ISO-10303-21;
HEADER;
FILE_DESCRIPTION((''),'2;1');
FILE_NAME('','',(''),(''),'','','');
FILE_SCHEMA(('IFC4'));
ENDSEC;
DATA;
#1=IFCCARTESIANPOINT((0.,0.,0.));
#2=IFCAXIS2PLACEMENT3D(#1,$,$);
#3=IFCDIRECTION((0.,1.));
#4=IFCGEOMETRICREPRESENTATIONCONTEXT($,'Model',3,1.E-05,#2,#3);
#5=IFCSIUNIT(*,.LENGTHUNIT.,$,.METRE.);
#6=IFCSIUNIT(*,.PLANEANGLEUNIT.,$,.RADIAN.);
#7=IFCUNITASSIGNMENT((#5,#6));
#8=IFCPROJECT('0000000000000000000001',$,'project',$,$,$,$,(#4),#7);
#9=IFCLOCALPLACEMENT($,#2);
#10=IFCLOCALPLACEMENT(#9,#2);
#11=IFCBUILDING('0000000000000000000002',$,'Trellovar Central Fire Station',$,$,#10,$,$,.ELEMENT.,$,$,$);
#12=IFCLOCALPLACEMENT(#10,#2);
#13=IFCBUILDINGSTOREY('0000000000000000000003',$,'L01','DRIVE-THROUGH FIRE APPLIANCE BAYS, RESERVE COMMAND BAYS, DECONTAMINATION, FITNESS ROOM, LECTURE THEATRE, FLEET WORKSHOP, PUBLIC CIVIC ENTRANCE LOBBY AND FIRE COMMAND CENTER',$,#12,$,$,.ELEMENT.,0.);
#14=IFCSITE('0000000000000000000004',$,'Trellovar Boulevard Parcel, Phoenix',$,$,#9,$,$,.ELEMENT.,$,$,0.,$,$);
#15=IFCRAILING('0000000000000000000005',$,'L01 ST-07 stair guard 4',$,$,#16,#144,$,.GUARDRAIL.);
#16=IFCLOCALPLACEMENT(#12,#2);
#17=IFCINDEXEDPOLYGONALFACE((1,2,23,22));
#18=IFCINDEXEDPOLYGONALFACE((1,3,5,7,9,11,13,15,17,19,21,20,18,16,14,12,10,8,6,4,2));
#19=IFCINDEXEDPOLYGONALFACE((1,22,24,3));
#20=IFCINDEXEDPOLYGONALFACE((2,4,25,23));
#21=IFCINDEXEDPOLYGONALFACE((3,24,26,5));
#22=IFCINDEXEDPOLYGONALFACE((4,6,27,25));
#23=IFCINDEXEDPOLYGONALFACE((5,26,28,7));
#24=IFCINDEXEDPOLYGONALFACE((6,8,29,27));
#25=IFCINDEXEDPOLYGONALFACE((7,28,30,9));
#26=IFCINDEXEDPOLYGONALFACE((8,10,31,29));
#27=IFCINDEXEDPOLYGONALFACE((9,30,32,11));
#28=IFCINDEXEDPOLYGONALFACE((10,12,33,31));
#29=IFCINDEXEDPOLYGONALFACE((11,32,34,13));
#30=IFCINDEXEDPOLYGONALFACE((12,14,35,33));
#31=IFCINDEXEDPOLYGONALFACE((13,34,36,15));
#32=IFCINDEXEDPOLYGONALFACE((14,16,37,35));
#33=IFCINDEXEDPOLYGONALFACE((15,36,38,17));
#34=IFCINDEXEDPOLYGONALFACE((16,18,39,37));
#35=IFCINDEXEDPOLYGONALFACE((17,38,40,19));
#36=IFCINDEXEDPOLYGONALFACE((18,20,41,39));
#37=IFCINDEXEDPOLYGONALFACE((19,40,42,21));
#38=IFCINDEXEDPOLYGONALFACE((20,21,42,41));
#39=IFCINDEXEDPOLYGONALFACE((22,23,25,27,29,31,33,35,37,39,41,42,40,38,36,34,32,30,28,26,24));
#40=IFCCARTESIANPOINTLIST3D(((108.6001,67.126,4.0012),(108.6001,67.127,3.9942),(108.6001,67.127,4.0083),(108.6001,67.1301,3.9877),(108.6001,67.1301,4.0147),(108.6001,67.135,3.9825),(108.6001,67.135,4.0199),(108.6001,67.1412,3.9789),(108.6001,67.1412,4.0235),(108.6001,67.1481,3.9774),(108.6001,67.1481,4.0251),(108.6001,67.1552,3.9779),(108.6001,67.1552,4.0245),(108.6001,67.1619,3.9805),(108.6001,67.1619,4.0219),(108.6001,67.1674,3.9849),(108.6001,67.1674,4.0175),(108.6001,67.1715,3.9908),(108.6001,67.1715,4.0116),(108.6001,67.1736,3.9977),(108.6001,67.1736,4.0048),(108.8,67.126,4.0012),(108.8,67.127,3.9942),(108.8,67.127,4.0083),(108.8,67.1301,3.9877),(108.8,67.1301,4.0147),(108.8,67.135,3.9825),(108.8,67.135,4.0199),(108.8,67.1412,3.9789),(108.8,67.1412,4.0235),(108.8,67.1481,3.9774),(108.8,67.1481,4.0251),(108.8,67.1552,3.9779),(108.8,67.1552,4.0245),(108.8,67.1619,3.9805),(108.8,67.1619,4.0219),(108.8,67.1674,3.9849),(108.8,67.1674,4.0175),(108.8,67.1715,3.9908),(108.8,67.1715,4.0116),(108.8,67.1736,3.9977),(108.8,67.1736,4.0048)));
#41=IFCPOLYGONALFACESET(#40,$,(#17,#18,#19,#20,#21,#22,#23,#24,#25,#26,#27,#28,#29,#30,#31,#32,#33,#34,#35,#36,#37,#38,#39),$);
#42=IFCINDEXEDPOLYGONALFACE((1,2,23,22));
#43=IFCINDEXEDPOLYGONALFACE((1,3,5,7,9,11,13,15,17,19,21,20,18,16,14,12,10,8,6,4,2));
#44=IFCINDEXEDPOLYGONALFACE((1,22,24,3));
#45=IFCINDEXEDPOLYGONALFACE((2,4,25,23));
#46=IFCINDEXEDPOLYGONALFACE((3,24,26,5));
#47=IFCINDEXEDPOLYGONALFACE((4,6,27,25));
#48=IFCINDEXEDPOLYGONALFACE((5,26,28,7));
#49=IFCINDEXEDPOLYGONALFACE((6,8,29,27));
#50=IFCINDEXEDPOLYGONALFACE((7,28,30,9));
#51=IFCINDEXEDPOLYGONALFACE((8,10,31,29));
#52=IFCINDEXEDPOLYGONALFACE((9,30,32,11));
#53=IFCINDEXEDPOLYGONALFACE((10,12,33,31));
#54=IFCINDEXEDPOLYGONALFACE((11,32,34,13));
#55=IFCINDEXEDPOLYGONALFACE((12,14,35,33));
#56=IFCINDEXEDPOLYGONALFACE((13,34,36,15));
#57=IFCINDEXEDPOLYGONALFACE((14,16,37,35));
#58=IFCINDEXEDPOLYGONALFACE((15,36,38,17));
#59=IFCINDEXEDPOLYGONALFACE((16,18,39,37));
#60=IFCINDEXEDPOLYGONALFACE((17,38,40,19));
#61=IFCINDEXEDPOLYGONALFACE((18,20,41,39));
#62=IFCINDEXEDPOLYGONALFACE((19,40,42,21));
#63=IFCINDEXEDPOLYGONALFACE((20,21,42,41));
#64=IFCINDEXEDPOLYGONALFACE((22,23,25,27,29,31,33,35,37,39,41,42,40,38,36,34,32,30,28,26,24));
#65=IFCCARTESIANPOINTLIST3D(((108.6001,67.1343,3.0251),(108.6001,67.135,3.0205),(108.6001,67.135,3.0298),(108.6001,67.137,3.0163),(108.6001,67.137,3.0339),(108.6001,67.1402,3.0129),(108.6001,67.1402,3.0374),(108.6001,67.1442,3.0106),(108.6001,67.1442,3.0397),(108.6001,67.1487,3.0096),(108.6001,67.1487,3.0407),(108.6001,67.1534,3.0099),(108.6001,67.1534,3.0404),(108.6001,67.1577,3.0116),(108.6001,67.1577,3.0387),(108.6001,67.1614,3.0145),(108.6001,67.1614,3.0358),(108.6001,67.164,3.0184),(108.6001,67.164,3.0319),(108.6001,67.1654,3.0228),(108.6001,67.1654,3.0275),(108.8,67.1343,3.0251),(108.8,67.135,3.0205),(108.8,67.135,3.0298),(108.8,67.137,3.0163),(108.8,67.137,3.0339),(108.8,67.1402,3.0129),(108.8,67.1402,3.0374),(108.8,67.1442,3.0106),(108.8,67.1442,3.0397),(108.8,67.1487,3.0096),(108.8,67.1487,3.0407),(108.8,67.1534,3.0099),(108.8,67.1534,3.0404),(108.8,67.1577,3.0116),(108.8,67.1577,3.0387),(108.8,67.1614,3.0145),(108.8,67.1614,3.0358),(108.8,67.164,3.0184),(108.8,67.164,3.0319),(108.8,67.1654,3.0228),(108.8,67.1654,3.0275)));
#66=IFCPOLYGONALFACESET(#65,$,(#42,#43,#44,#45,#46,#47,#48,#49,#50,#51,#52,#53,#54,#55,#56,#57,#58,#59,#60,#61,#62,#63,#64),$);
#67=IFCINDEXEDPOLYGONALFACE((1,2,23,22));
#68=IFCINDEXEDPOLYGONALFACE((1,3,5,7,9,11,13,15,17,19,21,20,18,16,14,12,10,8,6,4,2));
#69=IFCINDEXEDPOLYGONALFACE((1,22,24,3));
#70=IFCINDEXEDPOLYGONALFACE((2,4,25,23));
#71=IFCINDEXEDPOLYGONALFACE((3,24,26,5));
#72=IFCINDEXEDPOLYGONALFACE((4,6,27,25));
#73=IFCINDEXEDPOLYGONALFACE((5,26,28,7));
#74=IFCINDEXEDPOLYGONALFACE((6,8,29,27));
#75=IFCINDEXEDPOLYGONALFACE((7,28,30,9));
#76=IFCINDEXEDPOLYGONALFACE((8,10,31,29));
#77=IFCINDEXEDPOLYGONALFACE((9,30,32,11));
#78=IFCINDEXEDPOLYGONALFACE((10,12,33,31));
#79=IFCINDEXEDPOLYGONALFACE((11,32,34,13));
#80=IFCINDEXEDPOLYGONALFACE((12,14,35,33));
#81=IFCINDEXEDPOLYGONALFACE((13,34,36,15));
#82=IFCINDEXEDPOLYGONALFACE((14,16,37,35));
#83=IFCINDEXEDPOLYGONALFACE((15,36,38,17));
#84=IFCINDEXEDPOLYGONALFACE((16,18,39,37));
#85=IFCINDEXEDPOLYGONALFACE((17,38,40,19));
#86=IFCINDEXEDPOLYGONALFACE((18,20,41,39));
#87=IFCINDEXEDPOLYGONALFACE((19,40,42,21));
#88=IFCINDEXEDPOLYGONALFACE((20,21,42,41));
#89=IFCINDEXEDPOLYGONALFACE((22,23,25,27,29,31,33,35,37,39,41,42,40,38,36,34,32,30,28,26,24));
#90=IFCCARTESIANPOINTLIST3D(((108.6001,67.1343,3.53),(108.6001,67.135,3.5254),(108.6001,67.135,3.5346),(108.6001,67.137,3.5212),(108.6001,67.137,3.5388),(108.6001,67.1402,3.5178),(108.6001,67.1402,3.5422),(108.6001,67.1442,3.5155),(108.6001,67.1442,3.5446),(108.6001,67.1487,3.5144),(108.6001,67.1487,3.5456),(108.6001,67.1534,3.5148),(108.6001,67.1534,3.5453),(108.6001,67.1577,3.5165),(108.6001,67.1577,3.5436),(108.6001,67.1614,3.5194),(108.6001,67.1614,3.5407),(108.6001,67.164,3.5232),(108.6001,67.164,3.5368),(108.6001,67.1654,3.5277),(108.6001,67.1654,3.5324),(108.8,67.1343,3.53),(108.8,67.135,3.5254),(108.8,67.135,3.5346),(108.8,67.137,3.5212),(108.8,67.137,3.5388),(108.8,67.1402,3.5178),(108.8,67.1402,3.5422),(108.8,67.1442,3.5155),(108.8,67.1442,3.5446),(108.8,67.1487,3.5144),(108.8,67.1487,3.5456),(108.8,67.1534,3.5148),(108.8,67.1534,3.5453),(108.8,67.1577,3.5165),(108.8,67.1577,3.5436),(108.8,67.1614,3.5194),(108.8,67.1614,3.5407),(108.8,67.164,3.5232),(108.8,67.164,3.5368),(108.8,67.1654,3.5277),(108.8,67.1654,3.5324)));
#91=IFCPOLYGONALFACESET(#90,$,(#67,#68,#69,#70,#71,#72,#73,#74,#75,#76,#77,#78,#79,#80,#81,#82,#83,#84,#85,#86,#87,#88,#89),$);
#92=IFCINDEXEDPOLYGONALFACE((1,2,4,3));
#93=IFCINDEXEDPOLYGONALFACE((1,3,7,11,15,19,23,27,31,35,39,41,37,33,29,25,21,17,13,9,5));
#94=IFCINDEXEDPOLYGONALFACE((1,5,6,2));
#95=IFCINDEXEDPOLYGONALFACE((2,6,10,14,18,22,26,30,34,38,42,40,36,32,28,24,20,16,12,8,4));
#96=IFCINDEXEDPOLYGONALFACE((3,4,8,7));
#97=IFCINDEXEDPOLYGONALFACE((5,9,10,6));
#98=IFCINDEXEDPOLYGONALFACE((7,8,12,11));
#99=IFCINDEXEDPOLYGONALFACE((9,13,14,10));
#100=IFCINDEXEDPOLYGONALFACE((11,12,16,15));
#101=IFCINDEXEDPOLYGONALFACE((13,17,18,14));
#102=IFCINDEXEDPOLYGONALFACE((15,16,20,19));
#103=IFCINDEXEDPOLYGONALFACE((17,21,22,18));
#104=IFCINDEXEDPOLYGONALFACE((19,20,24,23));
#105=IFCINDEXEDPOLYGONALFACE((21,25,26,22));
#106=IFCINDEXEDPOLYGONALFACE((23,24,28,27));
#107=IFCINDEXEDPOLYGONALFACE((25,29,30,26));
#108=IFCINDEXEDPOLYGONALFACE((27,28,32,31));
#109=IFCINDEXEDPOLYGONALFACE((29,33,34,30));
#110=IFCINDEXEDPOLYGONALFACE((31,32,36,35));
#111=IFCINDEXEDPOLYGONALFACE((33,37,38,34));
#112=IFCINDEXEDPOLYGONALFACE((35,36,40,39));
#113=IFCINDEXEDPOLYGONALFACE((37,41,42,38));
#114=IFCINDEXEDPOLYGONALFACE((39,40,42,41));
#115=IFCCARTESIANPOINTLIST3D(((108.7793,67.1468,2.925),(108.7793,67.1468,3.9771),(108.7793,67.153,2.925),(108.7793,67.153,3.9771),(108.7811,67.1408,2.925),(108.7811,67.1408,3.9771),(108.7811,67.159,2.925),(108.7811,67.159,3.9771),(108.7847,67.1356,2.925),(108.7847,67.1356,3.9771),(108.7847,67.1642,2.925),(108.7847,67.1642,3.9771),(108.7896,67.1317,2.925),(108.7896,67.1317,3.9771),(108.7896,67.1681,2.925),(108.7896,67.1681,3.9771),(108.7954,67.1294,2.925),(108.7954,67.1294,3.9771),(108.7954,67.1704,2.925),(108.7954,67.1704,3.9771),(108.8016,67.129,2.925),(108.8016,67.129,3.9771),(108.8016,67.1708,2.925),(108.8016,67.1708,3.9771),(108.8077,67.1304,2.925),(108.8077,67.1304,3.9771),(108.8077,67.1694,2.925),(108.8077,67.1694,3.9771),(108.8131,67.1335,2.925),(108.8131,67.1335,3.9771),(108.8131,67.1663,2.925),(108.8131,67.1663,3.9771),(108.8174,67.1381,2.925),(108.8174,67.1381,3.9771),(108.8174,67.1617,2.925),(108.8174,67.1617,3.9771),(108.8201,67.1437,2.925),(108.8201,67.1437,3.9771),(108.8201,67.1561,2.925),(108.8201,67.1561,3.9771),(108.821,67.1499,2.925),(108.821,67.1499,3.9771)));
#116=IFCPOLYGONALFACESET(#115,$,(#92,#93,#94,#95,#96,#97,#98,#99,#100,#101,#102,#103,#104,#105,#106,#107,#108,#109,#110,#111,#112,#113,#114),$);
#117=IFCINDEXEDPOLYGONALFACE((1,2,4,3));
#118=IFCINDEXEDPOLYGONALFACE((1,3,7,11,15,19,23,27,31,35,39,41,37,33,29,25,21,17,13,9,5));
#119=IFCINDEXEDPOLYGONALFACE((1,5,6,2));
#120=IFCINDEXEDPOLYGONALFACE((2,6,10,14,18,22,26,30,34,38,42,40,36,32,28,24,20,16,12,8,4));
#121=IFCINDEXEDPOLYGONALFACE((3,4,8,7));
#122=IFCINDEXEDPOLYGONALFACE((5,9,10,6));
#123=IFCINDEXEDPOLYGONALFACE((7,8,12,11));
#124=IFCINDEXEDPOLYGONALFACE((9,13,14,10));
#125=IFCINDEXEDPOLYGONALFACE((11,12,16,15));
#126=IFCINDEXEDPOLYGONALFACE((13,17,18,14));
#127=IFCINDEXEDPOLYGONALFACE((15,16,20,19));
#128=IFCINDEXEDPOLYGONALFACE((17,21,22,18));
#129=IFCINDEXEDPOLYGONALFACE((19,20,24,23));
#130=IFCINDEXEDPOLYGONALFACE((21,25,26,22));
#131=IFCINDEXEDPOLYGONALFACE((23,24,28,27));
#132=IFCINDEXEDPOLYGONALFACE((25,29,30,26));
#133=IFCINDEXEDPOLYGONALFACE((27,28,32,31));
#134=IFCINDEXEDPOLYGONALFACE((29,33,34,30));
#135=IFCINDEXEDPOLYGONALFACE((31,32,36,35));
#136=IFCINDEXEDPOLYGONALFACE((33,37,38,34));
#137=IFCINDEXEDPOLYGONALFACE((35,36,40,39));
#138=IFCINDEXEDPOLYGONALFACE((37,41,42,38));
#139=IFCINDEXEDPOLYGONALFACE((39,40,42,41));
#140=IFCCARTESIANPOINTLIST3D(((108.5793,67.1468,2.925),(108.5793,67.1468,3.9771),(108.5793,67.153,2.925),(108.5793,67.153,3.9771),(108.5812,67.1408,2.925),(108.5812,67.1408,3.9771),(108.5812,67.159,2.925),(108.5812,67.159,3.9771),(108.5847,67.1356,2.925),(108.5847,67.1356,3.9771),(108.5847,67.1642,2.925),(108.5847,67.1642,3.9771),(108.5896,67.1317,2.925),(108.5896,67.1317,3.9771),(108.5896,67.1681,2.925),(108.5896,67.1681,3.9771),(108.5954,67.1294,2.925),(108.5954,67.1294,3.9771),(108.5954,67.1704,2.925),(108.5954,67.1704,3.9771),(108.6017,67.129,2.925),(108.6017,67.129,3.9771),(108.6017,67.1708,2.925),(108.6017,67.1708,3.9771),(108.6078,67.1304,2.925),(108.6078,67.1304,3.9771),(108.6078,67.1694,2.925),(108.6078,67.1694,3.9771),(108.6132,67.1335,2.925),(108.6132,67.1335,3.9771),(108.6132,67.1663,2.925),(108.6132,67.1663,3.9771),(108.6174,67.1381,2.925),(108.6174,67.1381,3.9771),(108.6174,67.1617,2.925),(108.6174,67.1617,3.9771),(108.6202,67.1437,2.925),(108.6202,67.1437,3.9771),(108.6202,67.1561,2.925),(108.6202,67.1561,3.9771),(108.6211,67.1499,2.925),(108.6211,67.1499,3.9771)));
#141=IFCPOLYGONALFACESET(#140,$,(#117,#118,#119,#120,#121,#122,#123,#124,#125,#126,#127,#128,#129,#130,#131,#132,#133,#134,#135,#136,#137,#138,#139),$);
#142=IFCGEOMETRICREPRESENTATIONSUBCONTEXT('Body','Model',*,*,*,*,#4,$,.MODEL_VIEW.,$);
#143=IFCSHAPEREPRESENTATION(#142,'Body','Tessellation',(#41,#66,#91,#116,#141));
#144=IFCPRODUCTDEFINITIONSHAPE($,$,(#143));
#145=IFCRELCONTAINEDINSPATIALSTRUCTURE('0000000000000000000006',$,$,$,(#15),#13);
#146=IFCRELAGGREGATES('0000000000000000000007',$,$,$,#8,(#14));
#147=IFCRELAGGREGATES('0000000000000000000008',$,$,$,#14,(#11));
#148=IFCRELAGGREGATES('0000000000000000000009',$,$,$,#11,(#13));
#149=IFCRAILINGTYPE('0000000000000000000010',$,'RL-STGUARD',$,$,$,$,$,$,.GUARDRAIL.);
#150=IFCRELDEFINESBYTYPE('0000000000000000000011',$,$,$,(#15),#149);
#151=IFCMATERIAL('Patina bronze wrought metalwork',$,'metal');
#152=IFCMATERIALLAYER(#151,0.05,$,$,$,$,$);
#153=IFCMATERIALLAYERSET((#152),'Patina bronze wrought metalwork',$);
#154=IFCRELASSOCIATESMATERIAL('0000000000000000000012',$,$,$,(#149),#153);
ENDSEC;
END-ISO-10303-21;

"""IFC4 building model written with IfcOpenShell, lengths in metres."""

from ifc_helpers import new_model, si_unit, direction, frame, origin, origin_2d, place, context, subcontext, project, spatial, circle, extrude, material, layer, layer_set, type_object, element, save


model = new_model("IFC4")

# Units and contexts
model_context = context("Model", 3, precision=1e-05, world=origin(), true_north=direction((0.0, 1.0)))
body_context = subcontext(model_context, "Body", "Model", "MODEL_VIEW")
ifc_project = project(units=[si_unit("LENGTHUNIT", "METRE"), si_unit("PLANEANGLEUNIT", "RADIAN")], contexts=[model_context])

# Site, building, storey
site_placement = place(None, origin())
site = spatial("IfcSite", under=ifc_project, at=site_placement, Name="Trellovar Boulevard Parcel, Phoenix", CompositionType="ELEMENT", RefElevation=0.0)
building_placement = place(site_placement, origin())
building = spatial("IfcBuilding", under=site, at=building_placement, Name="Trellovar Central Fire Station", CompositionType="ELEMENT")
storey_placement = place(building_placement, origin())
storey = spatial("IfcBuildingStorey", under=building, at=storey_placement, Name="L01", Description="DRIVE-THROUGH FIRE APPLIANCE BAYS, RESERVE COMMAND BAYS, DECONTAMINATION, FITNESS ROOM, LECTURE THEATRE, FLEET WORKSHOP, PUBLIC CIVIC ENTRANCE LOBBY AND FIRE COMMAND CENTER", CompositionType="ELEMENT", Elevation=0.0)

# Railing
ifc_material_1 = material(Name="Patina bronze wrought metalwork", Category="metal")
ifc_layer_1 = layer(ifc_material_1, 0.05)
ifc_layer_set_1 = layer_set([ifc_layer_1], Name="Patina bronze wrought metalwork")
railing_type_1 = type_object("IfcRailingType", Name="RL-STGUARD", PredefinedType="GUARDRAIL", material=ifc_layer_set_1)
railing_1_placement = place(storey_placement, frame((108.8, 67.1499, 2.925)))
element("IfcRailing", 1, at=railing_1_placement, inside=storey, type_object=railing_type_1, Name="L01 ST-07 stair guard 4", PredefinedType="GUARDRAIL", context=body_context, shape_type="SweptSolid", body=[
    extrude(circle(Radius=0.0239, at=origin_2d()), frame((0.0, 0.0, 1.0762), z_axis=(-1.0, 0.0, 0.0), x_axis=(0.0, -1.0, 0.0)), (0.0, 0.0, 1.0), 0.2),
    extrude(circle(Radius=0.0156, at=origin_2d()), frame((0.0, 0.0, 0.1001), z_axis=(-1.0, 0.0, 0.0), x_axis=(0.0, -1.0, 0.0)), (0.0, 0.0, 1.0), 0.2),
    extrude(circle(Radius=0.0156, at=origin_2d()), frame((0.0, 0.0, 0.605), z_axis=(-1.0, 0.0, 0.0), x_axis=(0.0, -1.0, 0.0)), (0.0, 0.0, 1.0), 0.2),
    extrude(circle(Radius=0.021, at=origin_2d()), origin(), (0.0, 0.0, 1.0), 1.052),
    extrude(circle(Radius=0.021, at=origin_2d()), frame((-0.2, 0.0, 0.0)), (0.0, 0.0, 1.0), 1.052),
])

save(model, "model.ifc")
